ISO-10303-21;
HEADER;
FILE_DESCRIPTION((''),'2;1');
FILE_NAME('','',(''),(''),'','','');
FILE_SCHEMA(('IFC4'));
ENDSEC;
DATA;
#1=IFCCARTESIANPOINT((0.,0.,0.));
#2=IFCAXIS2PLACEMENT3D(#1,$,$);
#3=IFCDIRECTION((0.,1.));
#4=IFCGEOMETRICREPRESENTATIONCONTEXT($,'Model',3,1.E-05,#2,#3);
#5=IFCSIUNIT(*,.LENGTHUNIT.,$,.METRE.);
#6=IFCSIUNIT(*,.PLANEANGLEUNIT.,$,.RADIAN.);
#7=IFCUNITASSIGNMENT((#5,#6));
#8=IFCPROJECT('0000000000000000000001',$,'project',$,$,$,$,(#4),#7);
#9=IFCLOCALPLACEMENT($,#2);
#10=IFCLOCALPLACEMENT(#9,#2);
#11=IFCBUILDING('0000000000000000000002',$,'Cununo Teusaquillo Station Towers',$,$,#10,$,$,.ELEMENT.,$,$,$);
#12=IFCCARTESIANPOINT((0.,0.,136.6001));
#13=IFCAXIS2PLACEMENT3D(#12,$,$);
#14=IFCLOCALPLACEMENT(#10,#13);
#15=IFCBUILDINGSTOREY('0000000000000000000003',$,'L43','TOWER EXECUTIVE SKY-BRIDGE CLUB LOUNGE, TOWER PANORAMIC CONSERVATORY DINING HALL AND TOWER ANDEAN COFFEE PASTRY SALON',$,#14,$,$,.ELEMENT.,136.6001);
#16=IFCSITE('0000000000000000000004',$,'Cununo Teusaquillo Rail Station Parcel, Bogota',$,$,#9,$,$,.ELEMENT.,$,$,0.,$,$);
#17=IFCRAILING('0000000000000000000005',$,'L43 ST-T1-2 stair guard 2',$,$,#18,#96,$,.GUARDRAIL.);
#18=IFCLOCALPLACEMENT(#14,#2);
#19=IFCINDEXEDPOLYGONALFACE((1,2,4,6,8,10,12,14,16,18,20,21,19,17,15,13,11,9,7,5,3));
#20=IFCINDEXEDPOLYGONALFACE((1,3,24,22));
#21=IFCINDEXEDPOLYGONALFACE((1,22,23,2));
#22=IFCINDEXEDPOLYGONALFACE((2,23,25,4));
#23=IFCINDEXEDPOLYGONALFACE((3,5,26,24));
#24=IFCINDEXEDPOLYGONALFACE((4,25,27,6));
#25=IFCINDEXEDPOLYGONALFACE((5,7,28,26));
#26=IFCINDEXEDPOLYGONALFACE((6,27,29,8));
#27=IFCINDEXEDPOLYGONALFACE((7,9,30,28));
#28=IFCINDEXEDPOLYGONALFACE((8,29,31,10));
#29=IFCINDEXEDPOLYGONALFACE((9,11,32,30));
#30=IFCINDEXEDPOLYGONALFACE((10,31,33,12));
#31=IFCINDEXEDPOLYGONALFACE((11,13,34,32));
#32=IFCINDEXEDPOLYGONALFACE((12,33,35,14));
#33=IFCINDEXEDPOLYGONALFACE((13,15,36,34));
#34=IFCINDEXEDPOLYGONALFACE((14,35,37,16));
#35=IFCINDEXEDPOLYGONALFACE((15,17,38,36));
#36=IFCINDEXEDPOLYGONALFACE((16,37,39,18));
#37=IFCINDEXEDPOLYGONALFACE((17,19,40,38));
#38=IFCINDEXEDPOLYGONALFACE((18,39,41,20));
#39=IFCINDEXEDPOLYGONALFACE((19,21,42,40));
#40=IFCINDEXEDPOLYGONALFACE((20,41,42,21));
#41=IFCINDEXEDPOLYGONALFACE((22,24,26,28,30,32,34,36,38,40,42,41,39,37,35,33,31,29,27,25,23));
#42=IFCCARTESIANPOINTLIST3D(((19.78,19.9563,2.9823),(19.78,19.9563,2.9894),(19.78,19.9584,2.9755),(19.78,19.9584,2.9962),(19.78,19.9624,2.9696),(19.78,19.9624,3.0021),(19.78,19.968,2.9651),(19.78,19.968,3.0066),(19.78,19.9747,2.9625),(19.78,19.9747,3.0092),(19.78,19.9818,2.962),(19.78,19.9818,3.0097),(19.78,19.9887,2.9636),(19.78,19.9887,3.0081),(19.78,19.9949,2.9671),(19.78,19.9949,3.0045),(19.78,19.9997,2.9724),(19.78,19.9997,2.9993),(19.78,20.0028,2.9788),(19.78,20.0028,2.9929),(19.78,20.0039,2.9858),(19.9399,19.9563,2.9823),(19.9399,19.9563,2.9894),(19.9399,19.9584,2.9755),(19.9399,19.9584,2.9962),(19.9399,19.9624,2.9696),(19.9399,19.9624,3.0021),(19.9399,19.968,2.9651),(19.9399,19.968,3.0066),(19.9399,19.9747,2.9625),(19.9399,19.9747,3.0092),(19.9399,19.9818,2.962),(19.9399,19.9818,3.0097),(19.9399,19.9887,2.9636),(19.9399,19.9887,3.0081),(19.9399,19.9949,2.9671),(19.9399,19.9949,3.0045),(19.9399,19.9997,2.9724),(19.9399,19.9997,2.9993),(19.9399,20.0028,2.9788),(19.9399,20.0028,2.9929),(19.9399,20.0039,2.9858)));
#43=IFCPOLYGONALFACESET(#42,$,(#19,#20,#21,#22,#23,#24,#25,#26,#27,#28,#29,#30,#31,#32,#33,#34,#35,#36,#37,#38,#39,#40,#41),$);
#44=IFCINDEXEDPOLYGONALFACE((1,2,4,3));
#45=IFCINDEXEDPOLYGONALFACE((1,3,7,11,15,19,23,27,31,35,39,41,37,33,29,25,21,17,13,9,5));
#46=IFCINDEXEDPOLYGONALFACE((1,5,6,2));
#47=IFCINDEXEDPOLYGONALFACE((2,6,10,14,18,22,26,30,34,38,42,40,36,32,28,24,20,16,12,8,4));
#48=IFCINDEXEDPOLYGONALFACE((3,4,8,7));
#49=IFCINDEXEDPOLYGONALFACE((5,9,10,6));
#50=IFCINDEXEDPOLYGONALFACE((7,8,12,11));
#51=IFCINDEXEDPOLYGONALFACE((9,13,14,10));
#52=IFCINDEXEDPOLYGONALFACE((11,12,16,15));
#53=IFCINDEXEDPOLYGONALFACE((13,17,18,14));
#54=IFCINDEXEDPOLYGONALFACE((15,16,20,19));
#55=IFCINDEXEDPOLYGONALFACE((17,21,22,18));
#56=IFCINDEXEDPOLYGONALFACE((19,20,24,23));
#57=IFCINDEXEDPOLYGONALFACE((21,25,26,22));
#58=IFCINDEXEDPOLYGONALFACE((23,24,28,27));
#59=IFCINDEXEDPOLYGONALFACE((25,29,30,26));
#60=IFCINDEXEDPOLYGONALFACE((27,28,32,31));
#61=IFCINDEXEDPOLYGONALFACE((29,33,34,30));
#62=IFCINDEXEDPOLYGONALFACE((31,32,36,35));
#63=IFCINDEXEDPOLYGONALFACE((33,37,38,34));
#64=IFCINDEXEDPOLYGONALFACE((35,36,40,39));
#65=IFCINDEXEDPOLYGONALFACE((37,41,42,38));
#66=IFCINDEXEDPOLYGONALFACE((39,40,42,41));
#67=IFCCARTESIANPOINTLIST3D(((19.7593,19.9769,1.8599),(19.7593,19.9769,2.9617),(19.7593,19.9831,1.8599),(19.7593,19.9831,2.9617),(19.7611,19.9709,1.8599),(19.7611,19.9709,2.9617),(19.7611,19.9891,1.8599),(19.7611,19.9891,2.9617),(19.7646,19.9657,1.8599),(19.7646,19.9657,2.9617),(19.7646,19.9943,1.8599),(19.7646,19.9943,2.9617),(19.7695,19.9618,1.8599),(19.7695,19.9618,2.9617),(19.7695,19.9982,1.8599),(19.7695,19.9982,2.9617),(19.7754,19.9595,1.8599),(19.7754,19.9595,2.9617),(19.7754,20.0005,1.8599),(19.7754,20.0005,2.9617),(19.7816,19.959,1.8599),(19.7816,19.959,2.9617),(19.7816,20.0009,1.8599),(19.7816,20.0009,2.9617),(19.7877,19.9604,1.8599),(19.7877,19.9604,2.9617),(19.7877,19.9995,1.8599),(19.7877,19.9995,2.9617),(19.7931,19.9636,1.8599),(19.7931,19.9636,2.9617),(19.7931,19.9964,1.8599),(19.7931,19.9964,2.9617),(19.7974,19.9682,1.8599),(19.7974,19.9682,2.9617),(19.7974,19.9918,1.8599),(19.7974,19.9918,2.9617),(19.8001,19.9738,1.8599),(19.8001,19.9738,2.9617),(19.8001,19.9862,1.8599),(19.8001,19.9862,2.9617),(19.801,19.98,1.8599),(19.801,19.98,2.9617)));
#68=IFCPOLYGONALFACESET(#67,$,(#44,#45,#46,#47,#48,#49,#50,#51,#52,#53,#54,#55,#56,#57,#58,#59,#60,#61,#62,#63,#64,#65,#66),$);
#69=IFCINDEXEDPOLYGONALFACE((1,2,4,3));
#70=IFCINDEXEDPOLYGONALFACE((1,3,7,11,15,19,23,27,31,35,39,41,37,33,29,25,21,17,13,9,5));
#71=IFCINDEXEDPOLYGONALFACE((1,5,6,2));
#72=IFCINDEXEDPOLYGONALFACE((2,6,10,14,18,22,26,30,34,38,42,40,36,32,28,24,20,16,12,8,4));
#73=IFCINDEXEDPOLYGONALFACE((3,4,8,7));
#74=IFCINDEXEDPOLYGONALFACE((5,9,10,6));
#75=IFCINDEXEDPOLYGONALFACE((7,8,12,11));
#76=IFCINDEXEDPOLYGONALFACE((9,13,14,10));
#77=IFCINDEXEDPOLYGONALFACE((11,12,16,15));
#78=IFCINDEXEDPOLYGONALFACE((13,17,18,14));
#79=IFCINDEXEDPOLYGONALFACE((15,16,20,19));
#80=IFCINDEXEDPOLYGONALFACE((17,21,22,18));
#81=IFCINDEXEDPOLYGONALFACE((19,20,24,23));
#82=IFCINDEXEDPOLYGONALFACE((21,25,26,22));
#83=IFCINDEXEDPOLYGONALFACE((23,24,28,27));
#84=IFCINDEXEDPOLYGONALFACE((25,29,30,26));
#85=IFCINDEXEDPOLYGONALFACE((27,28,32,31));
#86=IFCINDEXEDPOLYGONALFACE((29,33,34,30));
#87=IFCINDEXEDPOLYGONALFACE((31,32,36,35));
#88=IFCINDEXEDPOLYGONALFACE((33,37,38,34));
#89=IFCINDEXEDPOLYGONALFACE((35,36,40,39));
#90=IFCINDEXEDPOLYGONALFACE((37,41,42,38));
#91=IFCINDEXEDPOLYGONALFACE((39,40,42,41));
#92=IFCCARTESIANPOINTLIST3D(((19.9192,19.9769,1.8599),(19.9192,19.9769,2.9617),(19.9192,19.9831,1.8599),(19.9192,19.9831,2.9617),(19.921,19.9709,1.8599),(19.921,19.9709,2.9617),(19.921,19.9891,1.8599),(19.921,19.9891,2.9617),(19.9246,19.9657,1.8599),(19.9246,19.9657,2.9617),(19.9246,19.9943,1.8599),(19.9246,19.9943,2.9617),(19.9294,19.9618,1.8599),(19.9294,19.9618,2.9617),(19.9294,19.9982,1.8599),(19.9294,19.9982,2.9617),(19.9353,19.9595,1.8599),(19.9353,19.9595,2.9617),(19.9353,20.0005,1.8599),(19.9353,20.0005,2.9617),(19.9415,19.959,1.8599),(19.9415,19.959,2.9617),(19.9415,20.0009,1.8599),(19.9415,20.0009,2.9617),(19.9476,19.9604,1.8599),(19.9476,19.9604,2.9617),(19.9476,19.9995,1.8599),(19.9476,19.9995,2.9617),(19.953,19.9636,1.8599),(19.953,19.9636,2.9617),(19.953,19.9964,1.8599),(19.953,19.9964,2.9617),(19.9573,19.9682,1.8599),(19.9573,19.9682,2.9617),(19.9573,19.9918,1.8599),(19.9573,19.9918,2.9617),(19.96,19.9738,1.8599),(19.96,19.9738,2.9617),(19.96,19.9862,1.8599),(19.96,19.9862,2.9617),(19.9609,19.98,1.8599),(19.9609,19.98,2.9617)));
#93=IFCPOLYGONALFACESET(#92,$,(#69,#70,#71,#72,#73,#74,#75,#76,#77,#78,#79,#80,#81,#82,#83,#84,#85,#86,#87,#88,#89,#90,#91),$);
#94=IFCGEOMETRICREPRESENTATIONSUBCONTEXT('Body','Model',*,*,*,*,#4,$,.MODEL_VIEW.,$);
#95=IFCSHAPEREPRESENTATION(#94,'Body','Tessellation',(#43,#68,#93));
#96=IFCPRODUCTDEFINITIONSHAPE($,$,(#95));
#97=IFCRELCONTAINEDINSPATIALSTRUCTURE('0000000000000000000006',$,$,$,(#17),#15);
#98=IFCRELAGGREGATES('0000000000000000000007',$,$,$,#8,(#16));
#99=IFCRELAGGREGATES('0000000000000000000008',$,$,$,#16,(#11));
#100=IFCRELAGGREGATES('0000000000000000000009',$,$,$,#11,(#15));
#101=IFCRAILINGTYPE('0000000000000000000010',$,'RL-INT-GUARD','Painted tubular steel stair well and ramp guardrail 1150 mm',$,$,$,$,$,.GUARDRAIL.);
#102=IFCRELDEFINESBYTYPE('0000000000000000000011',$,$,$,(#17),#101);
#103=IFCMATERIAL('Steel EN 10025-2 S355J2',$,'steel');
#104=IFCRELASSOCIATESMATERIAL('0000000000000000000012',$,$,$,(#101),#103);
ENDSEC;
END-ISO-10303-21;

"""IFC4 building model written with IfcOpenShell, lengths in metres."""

from ifc_helpers import new_model, si_unit, direction, frame, origin, origin_2d, place, context, subcontext, project, spatial, circle, extrude, material, type_object, element, save


model = new_model("IFC4")

# Units and contexts
model_context = context("Model", 3, precision=1e-05, world=origin(), true_north=direction((0.0, 1.0)))
body_context = subcontext(model_context, "Body", "Model", "MODEL_VIEW")
ifc_project = project(units=[si_unit("LENGTHUNIT", "METRE"), si_unit("PLANEANGLEUNIT", "RADIAN")], contexts=[model_context])

# Site, building, storey
site_placement = place(None, origin())
site = spatial("IfcSite", under=ifc_project, at=site_placement, Name="Cununo Teusaquillo Rail Station Parcel, Bogota", CompositionType="ELEMENT", RefElevation=0.0)
building_placement = place(site_placement, origin())
building = spatial("IfcBuilding", under=site, at=building_placement, Name="Cununo Teusaquillo Station Towers", CompositionType="ELEMENT")
storey_placement = place(building_placement, frame((0.0, 0.0, 136.6001)))
storey = spatial("IfcBuildingStorey", under=building, at=storey_placement, Name="L43", Description="TOWER EXECUTIVE SKY-BRIDGE CLUB LOUNGE, TOWER PANORAMIC CONSERVATORY DINING HALL AND TOWER ANDEAN COFFEE PASTRY SALON", CompositionType="ELEMENT", Elevation=136.6001)

# Railing
ifc_material_1 = material(Name="Steel EN 10025-2 S355J2", Category="steel")
railing_type_1 = type_object("IfcRailingType", Name="RL-INT-GUARD", Description="Painted tubular steel stair well and ramp guardrail 1150 mm", PredefinedType="GUARDRAIL", material=ifc_material_1)
railing_1_placement = place(storey_placement, frame((19.78, 19.98, 1.8599)))
element("IfcRailing", 1, at=railing_1_placement, inside=storey, type_object=railing_type_1, Name="L43 ST-T1-2 stair guard 2", PredefinedType="GUARDRAIL", context=body_context, shape_type="SweptSolid", body=[
    extrude(circle(Radius=0.0239, at=origin_2d()), frame((0.0, 0.0, 1.126), z_axis=(1.0, 0.0, 0.0), x_axis=(0.0, 1.0, 0.0)), (0.0, 0.0, 1.0), 0.1599),
    extrude(circle(Radius=0.021, at=origin_2d()), origin(), (0.0, 0.0, 1.0), 1.1018),
    extrude(circle(Radius=0.021, at=origin_2d()), frame((0.1599, 0.0, 0.0)), (0.0, 0.0, 1.0), 1.1018),
])

save(model, "model.ifc")
